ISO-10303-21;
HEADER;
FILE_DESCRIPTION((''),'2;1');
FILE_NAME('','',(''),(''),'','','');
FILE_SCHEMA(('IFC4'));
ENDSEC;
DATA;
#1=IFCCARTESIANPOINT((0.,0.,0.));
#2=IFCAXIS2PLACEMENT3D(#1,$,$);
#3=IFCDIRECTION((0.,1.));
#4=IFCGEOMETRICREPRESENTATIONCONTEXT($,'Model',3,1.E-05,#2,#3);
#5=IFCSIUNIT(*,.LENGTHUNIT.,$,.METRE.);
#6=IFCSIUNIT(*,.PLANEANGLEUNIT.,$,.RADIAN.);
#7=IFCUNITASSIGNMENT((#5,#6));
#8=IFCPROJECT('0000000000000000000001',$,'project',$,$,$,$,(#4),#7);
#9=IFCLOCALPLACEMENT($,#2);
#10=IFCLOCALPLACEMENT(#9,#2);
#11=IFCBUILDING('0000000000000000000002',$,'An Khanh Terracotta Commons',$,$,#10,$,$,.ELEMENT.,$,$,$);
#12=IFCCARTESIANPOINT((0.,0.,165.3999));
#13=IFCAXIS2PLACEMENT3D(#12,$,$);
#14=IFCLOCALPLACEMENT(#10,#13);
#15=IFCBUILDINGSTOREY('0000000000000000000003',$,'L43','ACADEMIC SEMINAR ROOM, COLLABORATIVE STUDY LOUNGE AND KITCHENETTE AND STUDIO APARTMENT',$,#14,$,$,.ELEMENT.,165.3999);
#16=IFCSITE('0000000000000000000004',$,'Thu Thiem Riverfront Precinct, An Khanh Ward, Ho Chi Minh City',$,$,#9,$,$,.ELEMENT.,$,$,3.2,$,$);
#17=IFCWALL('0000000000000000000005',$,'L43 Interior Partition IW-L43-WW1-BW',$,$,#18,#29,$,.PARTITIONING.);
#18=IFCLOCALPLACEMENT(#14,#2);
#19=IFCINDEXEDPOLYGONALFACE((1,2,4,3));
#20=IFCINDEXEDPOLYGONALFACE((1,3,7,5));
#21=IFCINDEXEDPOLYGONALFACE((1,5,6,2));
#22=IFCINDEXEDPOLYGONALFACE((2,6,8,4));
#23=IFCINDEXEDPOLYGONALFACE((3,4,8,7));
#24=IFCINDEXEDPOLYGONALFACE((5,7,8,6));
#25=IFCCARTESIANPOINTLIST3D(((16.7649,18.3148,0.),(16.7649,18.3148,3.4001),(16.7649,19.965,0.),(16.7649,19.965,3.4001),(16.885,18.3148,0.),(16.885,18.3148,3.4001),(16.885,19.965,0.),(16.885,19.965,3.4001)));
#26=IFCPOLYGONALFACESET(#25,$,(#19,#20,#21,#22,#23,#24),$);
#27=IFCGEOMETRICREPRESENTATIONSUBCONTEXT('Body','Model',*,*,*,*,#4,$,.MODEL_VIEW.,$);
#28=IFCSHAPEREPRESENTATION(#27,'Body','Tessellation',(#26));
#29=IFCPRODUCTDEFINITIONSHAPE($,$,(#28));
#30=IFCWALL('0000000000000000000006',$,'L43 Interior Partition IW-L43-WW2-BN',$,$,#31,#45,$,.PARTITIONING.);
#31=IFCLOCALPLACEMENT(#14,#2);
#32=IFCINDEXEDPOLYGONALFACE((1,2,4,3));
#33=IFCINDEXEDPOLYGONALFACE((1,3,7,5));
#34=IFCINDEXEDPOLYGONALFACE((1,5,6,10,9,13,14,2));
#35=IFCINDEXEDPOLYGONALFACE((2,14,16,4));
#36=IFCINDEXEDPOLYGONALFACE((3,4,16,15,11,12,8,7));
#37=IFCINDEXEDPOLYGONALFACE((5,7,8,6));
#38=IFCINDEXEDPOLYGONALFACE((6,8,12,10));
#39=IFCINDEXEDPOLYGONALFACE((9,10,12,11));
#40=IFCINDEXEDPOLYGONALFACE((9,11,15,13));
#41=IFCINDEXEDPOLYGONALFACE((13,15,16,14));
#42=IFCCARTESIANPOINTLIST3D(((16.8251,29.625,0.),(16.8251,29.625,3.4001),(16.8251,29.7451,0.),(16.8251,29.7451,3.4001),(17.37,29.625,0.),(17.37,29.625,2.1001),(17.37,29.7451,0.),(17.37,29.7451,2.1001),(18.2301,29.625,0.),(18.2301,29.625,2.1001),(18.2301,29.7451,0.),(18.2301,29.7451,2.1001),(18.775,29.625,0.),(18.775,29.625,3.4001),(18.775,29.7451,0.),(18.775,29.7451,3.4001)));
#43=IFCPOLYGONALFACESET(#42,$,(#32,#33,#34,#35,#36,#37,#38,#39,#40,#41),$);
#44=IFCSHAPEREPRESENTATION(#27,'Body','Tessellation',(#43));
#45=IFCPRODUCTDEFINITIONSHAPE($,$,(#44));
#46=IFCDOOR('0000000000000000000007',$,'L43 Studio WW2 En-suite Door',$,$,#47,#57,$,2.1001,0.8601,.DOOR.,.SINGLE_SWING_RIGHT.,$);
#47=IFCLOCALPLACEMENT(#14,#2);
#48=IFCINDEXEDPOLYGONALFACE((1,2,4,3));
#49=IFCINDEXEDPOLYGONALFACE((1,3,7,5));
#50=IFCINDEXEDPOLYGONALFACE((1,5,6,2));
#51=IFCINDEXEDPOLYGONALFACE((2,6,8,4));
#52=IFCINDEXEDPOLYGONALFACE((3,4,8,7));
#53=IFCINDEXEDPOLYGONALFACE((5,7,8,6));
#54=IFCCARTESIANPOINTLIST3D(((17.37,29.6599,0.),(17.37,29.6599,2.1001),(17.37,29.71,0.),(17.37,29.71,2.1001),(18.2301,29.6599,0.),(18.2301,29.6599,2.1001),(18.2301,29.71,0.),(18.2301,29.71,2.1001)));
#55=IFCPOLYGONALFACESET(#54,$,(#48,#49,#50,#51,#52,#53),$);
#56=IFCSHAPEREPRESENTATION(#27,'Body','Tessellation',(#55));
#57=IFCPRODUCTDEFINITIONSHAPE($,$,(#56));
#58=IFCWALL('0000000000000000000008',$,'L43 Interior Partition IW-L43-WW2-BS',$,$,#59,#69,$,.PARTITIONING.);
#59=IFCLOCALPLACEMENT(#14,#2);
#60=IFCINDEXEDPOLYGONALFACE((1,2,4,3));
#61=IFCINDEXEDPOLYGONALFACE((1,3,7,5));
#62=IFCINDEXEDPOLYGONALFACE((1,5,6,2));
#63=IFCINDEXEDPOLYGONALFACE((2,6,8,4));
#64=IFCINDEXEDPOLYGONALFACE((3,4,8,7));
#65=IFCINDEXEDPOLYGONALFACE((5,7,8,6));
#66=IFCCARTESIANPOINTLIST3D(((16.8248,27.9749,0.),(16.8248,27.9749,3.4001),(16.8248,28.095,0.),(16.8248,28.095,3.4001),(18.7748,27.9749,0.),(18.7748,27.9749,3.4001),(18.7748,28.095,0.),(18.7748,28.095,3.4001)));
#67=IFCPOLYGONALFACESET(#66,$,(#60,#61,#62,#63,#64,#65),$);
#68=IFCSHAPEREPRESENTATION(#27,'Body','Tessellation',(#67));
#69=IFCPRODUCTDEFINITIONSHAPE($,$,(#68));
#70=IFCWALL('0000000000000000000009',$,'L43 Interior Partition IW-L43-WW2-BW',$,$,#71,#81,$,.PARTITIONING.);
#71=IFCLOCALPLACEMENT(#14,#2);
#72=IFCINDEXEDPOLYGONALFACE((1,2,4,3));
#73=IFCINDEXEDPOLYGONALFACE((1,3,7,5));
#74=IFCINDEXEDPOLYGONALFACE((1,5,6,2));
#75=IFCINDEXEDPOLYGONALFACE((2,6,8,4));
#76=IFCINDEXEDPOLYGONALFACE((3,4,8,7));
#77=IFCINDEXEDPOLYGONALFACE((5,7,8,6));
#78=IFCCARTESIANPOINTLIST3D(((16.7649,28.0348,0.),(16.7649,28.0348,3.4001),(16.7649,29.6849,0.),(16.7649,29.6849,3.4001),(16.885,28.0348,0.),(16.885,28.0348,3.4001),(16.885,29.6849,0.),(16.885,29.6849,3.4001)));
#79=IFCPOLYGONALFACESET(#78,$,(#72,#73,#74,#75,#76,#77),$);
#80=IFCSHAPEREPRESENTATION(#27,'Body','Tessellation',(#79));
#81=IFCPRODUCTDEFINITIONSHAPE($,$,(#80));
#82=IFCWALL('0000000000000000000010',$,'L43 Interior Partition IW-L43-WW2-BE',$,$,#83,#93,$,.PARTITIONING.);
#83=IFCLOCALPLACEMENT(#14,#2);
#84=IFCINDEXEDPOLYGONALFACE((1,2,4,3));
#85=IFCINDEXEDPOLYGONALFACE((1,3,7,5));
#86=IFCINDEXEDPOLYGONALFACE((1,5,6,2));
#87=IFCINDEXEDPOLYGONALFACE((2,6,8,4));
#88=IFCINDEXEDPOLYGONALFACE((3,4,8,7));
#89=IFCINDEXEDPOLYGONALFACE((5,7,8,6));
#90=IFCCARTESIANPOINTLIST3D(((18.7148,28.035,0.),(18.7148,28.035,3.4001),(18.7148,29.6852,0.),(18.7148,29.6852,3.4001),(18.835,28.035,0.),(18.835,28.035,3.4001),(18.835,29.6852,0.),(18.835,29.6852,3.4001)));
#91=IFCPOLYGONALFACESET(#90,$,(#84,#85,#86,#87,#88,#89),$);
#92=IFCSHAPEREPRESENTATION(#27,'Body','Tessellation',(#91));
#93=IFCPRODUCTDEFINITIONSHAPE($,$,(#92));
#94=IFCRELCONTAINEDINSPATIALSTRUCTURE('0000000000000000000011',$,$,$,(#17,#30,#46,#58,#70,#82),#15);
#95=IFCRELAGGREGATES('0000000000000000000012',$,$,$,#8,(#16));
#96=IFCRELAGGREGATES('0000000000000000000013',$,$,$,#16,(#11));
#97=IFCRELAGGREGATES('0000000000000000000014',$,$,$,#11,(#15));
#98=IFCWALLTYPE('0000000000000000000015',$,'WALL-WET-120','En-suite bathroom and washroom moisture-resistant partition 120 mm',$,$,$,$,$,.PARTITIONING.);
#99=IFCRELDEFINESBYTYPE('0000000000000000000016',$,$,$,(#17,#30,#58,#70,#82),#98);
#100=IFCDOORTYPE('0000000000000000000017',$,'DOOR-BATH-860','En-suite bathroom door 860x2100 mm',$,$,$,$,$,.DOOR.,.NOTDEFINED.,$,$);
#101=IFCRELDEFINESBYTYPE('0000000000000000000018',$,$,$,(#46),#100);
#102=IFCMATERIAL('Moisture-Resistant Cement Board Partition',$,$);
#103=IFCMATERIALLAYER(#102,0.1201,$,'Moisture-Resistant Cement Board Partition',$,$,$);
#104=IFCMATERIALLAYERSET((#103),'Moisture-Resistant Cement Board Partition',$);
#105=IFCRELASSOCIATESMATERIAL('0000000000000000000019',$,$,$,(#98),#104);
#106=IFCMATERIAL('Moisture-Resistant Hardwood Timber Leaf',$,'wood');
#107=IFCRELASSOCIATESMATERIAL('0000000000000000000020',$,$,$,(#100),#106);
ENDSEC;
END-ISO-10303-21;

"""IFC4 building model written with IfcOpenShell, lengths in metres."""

from ifc_helpers import new_model, si_unit, direction, frame, frame_2d, origin, place, context, subcontext, project, spatial, rectangle, extrude, material, layer, layer_set, type_object, element, fill, save


model = new_model("IFC4")

# Units and contexts
model_context = context("Model", 3, precision=1e-05, world=origin(), true_north=direction((0.0, 1.0)))
body_context = subcontext(model_context, "Body", "Model", "MODEL_VIEW")
ifc_project = project(units=[si_unit("LENGTHUNIT", "METRE"), si_unit("PLANEANGLEUNIT", "RADIAN")], contexts=[model_context])

# Site, building, storey
site_placement = place(None, origin())
site = spatial("IfcSite", under=ifc_project, at=site_placement, Name="Thu Thiem Riverfront Precinct, An Khanh Ward, Ho Chi Minh City", CompositionType="ELEMENT", RefElevation=3.2)
building_placement = place(site_placement, origin())
building = spatial("IfcBuilding", under=site, at=building_placement, Name="An Khanh Terracotta Commons", CompositionType="ELEMENT")
storey_placement = place(building_placement, frame((0.0, 0.0, 165.3999)))
storey = spatial("IfcBuildingStorey", under=building, at=storey_placement, Name="L43", Description="ACADEMIC SEMINAR ROOM, COLLABORATIVE STUDY LOUNGE AND KITCHENETTE AND STUDIO APARTMENT", CompositionType="ELEMENT", Elevation=165.3999)

# Shared definitions
ifc_material_1 = material(Name="Moisture-Resistant Cement Board Partition")
ifc_layer_1 = layer(ifc_material_1, 0.1201, Name="Moisture-Resistant Cement Board Partition")
ifc_layer_set_1 = layer_set([ifc_layer_1], Name="Moisture-Resistant Cement Board Partition")
wall_type_1 = type_object("IfcWallType", Name="WALL-WET-120", Description="En-suite bathroom and washroom moisture-resistant partition 120 mm", PredefinedType="PARTITIONING", material=ifc_layer_set_1)
ifc_material_2 = material(Name="Moisture-Resistant Hardwood Timber Leaf", Category="wood")
door_type_1 = type_object("IfcDoorType", Name="DOOR-BATH-860", Description="En-suite bathroom door 860x2100 mm", OperationType="NOTDEFINED", PredefinedType="DOOR", material=ifc_material_2)

# Wall
wall_1_placement = place(storey_placement, frame((16.825, 19.9651, 0.0), z_axis=(0.0, 0.0, 1.0), x_axis=(0.0, -1.0, 0.0)))
element("IfcWall", 1, at=wall_1_placement, inside=storey, type_object=wall_type_1, Name="L43 Interior Partition IW-L43-WW1-BW", PredefinedType="PARTITIONING", context=body_context, shape_type="SweptSolid", body=[
    extrude(rectangle(XDim=1.6501, YDim=0.1201, at=frame_2d((0.8252, 0.0))), origin(), (0.0, 0.0, 1.0), 3.4001),
])

# Wall, opening, door
wall_2_placement = place(storey_placement, frame((16.825, 29.6851, 0.0), z_axis=(0.0, 0.0, 1.0), x_axis=(1.0, 0.0, 0.0)))
wall_2 = element("IfcWall", 2, at=wall_2_placement, inside=storey, type_object=wall_type_1, Name="L43 Interior Partition IW-L43-WW2-BN", PredefinedType="PARTITIONING", context=body_context, shape_type="SweptSolid", body=[
    extrude(rectangle(XDim=1.95, YDim=0.1201, at=frame_2d((0.9751, 0.0))), origin(), (0.0, 0.0, 1.0), 3.4001),
])
opening_1_placement = place(wall_2_placement, frame((0.5449, 0.0, 0.0)))
opening_1 = element("IfcOpeningElement", 3, at=opening_1_placement, cuts=wall_2, PredefinedType="OPENING", context=body_context, shape_type="SweptSolid", body=[
    extrude(rectangle(XDim=0.8601, YDim=2.1001, at=frame_2d((0.4302, 1.05))), frame((0.0, 0.0701, 0.0), z_axis=(0.0, -1.0, 0.0), x_axis=(1.0, 0.0, 0.0)), (0.0, 0.0, 1.0), 0.1401),
])
door_1_placement = place(opening_1_placement, origin())
door_1 = element("IfcDoor", 4, at=door_1_placement, inside=storey, type_object=door_type_1, Name="L43 Studio WW2 En-suite Door", OperationType="SINGLE_SWING_RIGHT", OverallHeight=2.1001, OverallWidth=0.8601, PredefinedType="DOOR", context=body_context, shape_type="SweptSolid", body=[
    extrude(rectangle(XDim=0.8601, YDim=2.1001, at=frame_2d((0.4302, 1.05))), frame((0.0, 0.0249, 0.0), z_axis=(0.0, -1.0, 0.0), x_axis=(1.0, 0.0, 0.0)), (0.0, 0.0, 1.0), 0.05),
])
fill(opening_1, door_1)

# Walls
wall_3_placement = place(storey_placement, frame((18.7749, 28.0349, 0.0), z_axis=(0.0, 0.0, 1.0), x_axis=(-1.0, 0.0, 0.0)))
element("IfcWall", 5, at=wall_3_placement, inside=storey, type_object=wall_type_1, Name="L43 Interior Partition IW-L43-WW2-BS", PredefinedType="PARTITIONING", context=body_context, shape_type="SweptSolid", body=[
    extrude(rectangle(XDim=1.95, YDim=0.1201, at=frame_2d((0.9751, 0.0))), origin(), (0.0, 0.0, 1.0), 3.4001),
])
for number, where, z_axis, x_axis, name in (
    (6, (16.825, 29.6851, 0.0), (0.0, 0.0, 1.0), (0.0, -1.0, 0.0), "L43 Interior Partition IW-L43-WW2-BW"),
    (7, (18.7749, 28.0349, 0.0), (0.0, 0.0, 1.0), (0.0, 1.0, 0.0), "L43 Interior Partition IW-L43-WW2-BE"),
):
    element("IfcWall", number, at=place(storey_placement, frame(where, z_axis=z_axis, x_axis=x_axis)), inside=storey, type_object=wall_type_1, Name=name, PredefinedType="PARTITIONING", context=body_context, shape_type="SweptSolid", body=[
        extrude(rectangle(XDim=1.6501, YDim=0.1201, at=frame_2d((0.8252, 0.0))), origin(), (0.0, 0.0, 1.0), 3.4001),
    ])

save(model, "model.ifc")
